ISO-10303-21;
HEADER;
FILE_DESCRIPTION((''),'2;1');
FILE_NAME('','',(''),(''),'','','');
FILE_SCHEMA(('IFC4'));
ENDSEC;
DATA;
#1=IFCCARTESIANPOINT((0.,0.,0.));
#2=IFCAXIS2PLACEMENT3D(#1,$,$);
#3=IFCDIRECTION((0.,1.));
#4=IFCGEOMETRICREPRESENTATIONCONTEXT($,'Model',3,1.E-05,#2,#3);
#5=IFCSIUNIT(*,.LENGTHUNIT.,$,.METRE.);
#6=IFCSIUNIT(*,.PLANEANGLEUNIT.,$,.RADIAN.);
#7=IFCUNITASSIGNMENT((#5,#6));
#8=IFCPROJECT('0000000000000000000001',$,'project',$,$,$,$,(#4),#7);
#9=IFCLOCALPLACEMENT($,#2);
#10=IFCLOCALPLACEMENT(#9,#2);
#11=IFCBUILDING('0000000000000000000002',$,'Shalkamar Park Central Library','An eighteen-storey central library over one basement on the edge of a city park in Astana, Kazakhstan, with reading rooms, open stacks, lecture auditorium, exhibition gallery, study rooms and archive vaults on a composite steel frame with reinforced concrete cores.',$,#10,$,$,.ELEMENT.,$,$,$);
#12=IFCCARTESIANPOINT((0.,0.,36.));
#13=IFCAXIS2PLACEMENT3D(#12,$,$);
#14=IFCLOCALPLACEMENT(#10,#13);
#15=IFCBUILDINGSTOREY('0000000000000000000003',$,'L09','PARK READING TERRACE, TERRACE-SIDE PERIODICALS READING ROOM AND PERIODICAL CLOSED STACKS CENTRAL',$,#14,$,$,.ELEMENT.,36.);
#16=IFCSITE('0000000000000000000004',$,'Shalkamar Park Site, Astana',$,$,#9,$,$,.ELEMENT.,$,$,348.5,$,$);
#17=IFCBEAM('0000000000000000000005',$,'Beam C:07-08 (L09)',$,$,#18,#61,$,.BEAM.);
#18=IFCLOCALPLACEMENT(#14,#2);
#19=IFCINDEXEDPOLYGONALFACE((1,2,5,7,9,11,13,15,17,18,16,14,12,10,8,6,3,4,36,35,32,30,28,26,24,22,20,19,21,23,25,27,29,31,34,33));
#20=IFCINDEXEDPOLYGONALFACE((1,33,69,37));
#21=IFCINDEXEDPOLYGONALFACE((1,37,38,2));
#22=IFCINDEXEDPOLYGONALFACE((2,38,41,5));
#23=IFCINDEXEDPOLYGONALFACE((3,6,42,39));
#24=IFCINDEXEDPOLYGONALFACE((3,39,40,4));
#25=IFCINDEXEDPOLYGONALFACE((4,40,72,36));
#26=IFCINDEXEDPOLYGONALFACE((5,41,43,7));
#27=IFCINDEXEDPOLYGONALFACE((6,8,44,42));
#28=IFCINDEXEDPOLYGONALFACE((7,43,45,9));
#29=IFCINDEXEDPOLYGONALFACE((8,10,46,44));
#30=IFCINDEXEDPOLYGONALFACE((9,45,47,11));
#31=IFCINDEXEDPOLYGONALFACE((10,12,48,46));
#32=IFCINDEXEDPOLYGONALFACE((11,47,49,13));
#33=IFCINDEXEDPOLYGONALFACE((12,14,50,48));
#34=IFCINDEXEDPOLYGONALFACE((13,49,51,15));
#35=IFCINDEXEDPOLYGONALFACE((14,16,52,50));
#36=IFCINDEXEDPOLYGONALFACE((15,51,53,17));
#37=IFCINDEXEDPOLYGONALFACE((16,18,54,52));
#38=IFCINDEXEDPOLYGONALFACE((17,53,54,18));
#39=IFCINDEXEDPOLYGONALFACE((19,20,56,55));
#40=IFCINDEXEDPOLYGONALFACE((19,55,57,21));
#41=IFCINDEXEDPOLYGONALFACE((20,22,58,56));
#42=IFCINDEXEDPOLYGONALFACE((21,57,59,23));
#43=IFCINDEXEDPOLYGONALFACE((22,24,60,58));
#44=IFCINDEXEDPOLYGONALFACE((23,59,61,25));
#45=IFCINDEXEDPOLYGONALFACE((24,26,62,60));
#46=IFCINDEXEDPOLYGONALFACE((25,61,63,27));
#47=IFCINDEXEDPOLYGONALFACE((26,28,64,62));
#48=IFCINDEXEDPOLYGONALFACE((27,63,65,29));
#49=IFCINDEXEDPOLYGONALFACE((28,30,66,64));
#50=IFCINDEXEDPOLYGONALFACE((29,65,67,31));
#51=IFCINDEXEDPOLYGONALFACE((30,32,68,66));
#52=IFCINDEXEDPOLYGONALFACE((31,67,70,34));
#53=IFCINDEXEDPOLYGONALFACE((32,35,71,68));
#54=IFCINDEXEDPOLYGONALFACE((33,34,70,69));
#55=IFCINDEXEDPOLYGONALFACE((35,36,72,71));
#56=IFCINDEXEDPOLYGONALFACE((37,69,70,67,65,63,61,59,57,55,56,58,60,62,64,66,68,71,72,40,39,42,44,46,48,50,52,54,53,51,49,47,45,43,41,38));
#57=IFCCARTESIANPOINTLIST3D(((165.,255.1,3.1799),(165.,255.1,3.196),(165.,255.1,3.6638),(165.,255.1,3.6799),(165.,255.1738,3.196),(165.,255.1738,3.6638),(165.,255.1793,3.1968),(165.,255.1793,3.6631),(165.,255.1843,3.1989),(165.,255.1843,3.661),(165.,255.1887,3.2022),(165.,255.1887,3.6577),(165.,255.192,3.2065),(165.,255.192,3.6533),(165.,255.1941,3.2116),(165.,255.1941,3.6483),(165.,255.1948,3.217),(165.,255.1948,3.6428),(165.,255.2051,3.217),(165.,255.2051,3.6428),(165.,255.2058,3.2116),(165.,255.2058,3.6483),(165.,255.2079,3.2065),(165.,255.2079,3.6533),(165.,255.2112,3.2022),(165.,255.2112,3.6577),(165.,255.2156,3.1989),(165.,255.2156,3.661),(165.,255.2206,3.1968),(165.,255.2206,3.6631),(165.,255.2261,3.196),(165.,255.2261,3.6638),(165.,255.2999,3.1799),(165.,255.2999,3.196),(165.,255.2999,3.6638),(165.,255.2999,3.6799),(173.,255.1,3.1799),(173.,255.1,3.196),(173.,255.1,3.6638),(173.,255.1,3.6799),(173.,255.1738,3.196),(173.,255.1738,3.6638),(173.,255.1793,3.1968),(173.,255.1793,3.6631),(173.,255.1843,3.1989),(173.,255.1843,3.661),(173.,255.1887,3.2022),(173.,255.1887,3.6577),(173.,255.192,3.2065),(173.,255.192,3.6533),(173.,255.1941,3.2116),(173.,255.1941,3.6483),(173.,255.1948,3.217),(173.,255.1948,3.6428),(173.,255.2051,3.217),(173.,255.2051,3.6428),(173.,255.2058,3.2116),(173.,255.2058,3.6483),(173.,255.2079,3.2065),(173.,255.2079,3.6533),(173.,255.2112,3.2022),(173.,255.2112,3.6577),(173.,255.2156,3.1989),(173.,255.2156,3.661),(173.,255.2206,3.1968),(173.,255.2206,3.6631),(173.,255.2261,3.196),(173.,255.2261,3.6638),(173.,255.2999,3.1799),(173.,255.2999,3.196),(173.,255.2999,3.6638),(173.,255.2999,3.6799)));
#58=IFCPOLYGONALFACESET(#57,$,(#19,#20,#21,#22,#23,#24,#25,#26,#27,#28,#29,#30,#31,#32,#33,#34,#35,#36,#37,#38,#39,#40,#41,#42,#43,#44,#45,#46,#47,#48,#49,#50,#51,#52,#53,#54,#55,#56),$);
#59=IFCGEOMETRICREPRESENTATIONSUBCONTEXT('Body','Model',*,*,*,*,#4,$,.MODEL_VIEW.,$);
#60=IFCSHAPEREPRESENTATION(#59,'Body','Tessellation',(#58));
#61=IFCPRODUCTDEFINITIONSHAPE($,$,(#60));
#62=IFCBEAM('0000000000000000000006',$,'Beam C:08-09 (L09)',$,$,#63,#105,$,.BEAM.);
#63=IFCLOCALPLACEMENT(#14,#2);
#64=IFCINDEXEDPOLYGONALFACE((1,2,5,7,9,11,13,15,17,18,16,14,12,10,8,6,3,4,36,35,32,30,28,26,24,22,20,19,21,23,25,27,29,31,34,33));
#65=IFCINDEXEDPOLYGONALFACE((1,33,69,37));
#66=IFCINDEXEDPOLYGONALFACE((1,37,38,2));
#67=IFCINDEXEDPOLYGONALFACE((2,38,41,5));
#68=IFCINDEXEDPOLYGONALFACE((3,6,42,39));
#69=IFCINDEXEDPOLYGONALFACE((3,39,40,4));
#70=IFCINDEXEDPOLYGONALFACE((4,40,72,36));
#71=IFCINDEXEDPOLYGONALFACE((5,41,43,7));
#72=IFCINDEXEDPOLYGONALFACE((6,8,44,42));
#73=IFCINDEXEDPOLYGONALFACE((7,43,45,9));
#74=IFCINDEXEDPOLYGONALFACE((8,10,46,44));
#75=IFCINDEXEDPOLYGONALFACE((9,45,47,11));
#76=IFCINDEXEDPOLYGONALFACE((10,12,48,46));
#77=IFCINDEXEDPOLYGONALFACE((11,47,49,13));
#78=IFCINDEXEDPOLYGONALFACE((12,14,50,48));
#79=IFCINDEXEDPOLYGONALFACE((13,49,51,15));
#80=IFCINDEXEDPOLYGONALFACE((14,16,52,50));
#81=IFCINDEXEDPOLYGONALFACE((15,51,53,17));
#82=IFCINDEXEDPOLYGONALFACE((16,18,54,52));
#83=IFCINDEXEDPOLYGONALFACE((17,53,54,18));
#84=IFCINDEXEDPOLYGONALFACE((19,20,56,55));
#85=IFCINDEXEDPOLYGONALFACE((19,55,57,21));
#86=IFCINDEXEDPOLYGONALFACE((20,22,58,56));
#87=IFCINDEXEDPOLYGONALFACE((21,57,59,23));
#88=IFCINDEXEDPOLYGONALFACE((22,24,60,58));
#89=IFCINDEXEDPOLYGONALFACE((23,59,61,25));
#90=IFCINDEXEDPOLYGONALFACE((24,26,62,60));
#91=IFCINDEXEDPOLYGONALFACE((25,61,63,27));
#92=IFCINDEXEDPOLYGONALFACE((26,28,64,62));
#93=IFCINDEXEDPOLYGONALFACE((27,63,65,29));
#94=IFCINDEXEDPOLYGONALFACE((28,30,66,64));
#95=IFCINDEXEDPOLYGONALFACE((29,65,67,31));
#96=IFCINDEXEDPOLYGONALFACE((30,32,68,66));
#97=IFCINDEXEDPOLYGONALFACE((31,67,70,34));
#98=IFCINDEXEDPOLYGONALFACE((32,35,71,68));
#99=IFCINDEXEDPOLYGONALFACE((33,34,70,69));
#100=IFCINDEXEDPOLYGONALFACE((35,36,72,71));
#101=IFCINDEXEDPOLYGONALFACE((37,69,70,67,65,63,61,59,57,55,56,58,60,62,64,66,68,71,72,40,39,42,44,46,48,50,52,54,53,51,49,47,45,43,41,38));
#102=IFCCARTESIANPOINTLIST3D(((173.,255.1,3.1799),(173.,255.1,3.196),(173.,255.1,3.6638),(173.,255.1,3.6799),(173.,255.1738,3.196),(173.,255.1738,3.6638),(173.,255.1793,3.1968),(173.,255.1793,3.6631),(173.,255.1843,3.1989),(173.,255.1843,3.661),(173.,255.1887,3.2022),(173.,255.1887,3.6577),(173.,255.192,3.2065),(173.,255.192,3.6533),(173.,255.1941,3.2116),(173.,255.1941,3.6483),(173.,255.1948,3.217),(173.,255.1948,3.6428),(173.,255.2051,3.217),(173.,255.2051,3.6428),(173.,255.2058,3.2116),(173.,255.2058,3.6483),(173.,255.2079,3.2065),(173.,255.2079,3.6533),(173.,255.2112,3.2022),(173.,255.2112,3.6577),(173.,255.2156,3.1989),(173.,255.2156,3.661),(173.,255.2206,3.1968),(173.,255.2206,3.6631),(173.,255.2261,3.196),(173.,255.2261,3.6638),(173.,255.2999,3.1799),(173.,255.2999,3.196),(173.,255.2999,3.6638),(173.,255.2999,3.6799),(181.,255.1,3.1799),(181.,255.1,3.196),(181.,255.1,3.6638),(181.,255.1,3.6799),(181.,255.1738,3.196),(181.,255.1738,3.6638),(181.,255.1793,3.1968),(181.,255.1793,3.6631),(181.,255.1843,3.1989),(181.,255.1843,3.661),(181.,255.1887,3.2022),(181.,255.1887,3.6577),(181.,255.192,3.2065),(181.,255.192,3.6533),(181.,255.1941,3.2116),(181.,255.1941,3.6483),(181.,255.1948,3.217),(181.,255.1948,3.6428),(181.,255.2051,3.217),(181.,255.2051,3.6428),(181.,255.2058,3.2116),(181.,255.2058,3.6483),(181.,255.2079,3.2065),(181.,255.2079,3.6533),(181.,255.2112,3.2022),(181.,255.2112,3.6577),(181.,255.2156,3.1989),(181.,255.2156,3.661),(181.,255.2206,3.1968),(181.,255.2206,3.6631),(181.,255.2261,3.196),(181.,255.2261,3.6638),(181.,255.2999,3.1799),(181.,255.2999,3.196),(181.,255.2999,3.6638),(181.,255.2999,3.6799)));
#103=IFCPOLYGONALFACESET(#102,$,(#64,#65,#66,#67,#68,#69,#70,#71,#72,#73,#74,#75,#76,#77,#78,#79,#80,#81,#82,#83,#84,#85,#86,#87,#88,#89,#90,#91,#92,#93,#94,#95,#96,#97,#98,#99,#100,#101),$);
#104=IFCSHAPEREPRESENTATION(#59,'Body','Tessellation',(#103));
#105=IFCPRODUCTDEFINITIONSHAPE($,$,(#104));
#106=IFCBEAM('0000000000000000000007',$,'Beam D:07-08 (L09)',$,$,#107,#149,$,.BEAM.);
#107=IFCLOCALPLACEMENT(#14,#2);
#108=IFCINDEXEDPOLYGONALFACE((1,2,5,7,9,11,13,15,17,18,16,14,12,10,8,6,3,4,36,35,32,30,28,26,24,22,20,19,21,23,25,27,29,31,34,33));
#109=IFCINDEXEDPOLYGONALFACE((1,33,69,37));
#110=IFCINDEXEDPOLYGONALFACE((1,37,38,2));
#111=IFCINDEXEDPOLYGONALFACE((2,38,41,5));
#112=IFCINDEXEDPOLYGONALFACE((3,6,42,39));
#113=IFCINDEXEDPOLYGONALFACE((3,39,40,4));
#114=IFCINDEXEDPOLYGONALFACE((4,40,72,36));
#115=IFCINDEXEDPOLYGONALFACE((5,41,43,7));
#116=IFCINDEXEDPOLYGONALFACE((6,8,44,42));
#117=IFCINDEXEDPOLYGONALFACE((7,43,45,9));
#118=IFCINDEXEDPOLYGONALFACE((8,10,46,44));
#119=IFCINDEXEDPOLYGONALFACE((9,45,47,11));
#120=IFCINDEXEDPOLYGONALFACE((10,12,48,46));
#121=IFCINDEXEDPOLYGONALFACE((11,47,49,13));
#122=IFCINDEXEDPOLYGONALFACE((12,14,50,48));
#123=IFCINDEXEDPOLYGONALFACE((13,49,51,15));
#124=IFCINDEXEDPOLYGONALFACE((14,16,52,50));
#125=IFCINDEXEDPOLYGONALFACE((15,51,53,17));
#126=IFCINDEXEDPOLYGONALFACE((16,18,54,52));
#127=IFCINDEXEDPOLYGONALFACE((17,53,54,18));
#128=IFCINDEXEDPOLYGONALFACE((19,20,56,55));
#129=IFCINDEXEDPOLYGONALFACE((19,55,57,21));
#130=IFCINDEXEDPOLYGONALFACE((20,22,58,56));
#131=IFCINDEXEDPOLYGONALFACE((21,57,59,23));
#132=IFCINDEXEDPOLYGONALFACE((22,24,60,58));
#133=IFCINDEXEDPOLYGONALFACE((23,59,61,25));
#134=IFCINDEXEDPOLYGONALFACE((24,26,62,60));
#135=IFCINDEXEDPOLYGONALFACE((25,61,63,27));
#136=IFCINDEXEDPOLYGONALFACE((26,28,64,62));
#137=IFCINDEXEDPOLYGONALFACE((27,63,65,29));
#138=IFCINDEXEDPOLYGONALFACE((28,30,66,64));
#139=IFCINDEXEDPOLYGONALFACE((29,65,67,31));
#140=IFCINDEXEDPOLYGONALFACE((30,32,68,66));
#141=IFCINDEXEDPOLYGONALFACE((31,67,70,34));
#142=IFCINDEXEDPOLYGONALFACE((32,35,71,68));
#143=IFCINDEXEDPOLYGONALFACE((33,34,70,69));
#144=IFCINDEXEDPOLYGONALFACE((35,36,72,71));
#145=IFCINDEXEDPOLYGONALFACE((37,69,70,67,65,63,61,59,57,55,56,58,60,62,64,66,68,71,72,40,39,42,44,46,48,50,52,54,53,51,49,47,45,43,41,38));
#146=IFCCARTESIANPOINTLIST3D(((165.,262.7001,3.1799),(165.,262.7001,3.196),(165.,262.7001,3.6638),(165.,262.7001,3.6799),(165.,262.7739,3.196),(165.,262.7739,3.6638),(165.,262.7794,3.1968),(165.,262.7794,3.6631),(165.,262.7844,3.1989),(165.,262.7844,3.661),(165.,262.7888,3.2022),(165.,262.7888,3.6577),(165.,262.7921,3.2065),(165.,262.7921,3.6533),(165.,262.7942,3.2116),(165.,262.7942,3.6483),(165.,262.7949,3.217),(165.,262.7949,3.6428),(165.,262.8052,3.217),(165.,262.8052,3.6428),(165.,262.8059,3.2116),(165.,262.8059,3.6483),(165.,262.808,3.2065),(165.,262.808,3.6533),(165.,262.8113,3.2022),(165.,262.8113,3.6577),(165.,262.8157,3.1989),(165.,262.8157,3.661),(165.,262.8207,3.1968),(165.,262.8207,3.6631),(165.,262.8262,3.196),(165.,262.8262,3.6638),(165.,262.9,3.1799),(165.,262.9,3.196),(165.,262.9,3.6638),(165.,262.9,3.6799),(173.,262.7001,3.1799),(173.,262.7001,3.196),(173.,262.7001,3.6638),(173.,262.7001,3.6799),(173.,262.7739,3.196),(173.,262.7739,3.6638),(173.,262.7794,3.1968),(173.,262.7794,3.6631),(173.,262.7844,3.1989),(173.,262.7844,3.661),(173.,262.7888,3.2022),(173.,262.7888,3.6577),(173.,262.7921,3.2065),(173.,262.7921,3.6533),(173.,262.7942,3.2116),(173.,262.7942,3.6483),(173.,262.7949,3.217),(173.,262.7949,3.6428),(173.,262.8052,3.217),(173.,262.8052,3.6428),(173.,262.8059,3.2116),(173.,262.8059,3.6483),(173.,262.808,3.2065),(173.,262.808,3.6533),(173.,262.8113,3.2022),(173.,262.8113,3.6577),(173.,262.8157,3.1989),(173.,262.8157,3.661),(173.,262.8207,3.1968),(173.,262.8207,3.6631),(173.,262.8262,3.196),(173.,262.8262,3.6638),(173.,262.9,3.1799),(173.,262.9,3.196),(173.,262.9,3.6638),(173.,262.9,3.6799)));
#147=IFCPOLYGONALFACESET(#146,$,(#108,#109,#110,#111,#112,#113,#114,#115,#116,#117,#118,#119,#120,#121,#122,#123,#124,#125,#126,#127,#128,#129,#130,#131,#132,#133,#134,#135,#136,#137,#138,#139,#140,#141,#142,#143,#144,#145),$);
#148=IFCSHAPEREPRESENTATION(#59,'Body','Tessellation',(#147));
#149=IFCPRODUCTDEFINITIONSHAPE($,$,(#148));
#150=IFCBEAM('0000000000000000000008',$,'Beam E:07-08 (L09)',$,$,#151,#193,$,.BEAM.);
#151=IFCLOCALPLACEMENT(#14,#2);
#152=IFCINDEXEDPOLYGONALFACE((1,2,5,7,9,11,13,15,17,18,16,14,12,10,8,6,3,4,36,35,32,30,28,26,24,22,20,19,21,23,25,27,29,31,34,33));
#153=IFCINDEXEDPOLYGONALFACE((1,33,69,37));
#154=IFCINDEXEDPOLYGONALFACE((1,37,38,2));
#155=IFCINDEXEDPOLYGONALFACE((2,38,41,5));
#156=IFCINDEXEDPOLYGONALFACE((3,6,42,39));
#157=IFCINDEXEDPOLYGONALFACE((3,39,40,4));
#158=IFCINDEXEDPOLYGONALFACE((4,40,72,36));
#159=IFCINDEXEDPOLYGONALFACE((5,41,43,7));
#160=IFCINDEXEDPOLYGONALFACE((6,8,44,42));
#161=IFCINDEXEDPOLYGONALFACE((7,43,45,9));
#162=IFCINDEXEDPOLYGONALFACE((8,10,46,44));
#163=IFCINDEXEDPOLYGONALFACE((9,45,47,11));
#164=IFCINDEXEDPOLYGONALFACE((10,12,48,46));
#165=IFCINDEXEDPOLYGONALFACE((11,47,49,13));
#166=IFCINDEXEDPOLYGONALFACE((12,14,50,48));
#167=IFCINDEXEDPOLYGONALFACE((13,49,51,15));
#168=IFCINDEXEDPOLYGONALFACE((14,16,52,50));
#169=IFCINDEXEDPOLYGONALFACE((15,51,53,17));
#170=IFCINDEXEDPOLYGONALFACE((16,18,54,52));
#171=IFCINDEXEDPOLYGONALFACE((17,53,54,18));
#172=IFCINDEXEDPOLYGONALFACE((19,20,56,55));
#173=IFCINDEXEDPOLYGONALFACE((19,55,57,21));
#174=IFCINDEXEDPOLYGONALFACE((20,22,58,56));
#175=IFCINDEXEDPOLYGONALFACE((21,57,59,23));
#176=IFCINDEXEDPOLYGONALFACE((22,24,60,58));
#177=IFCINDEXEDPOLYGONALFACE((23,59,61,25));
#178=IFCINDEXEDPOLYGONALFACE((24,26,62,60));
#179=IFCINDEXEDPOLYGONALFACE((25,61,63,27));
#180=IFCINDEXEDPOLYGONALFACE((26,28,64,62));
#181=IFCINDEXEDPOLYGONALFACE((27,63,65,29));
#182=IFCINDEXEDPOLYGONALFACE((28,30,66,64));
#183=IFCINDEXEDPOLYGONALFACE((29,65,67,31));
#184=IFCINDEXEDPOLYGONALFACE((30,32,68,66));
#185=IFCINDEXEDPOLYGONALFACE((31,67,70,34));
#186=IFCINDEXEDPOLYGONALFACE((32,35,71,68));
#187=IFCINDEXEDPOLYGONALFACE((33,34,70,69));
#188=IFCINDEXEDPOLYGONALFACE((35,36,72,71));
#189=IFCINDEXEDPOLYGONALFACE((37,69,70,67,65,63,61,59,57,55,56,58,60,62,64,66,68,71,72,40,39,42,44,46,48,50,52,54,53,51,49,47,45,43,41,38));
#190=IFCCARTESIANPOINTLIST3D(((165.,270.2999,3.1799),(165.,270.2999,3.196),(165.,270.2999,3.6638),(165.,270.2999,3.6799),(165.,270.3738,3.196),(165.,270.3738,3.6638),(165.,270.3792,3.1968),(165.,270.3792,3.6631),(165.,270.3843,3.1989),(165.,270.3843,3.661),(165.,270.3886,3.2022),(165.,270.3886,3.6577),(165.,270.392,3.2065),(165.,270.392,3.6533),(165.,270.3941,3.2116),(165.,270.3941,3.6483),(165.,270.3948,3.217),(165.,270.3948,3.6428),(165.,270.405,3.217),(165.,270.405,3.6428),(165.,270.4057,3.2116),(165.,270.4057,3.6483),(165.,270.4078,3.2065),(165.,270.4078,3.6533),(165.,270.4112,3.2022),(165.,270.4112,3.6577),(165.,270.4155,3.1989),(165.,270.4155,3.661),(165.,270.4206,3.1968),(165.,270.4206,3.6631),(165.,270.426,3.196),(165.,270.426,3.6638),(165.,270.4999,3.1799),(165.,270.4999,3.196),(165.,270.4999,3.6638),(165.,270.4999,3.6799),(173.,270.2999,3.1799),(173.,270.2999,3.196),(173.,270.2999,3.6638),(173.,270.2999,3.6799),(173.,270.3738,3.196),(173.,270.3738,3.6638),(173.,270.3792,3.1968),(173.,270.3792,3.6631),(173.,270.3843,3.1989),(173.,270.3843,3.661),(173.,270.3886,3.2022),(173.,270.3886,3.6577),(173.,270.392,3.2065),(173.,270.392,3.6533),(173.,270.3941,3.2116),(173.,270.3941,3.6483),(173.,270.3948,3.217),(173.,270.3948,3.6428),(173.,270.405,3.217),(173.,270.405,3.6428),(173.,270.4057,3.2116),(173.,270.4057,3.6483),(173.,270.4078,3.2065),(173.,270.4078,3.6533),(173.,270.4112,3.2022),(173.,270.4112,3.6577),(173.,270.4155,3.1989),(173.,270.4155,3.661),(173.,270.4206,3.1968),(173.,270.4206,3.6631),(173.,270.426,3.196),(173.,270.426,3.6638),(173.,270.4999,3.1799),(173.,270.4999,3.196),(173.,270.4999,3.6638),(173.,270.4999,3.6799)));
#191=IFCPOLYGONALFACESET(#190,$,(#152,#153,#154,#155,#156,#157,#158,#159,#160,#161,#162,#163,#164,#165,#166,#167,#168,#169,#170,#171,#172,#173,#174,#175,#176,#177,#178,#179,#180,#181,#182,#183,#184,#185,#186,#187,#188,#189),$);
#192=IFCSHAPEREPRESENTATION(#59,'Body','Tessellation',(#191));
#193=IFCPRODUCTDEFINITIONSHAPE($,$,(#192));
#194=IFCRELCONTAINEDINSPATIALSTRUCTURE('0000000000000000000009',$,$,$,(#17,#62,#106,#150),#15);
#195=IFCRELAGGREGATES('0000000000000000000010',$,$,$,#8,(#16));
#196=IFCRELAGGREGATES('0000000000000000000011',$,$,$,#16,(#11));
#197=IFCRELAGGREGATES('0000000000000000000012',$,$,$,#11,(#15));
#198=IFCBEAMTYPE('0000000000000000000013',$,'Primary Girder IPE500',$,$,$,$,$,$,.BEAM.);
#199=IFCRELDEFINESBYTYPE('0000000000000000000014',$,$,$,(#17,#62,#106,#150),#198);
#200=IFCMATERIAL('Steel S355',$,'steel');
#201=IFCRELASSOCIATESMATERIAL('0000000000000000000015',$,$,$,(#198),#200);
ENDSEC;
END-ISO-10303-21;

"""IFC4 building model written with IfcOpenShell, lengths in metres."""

from ifc_helpers import new_model, si_unit, direction, frame, origin, origin_2d, place, context, subcontext, project, spatial, i_section, extrude, material, material_profile, profile_set, type_object, element, save


model = new_model("IFC4")

# Units and contexts
model_context = context("Model", 3, precision=1e-05, world=origin(), true_north=direction((0.0, 1.0)))
body_context = subcontext(model_context, "Body", "Model", "MODEL_VIEW")
ifc_project = project(units=[si_unit("LENGTHUNIT", "METRE"), si_unit("PLANEANGLEUNIT", "RADIAN")], contexts=[model_context])

# Site, building, storey
site_placement = place(None, origin())
site = spatial("IfcSite", under=ifc_project, at=site_placement, Name="Shalkamar Park Site, Astana", CompositionType="ELEMENT", RefElevation=348.5)
building_placement = place(site_placement, origin())
building = spatial("IfcBuilding", under=site, at=building_placement, Name="Shalkamar Park Central Library", Description="An eighteen-storey central library over one basement on the edge of a city park in Astana, Kazakhstan, with reading rooms, open stacks, lecture auditorium, exhibition gallery, study rooms and archive vaults on a composite steel frame with reinforced concrete cores.", CompositionType="ELEMENT")
storey_placement = place(building_placement, frame((0.0, 0.0, 36.0)))
storey = spatial("IfcBuildingStorey", under=building, at=storey_placement, Name="L09", Description="PARK READING TERRACE, TERRACE-SIDE PERIODICALS READING ROOM AND PERIODICAL CLOSED STACKS CENTRAL", CompositionType="ELEMENT", Elevation=36.0)

# Shared definitions
ifc_material_1 = material(Name="Steel S355", Category="steel")

# Beams
ifc_material_profile_1 = material_profile(ifc_material_1, i_section(OverallWidth=0.2, OverallDepth=0.5, WebThickness=0.0103, FlangeThickness=0.0161, FilletRadius=0.021, at=origin_2d()), Name="IPE 500")
ifc_profile_set_1 = profile_set([ifc_material_profile_1], Name="Steel S355")
beam_type_1 = type_object("IfcBeamType", Name="Primary Girder IPE500", PredefinedType="BEAM", material=ifc_profile_set_1)
for number, where, z_axis, x_axis, name in (
    (1, (165.0, 255.2, 3.4299), (1.0, 0.0, 0.0), (0.0, 1.0, 0.0), "Beam C:07-08 (L09)"),
    (2, (173.0, 255.2, 3.4299), (1.0, 0.0, 0.0), (0.0, 1.0, 0.0), "Beam C:08-09 (L09)"),
    (3, (165.0, 262.8, 3.4299), (1.0, 0.0, 0.0), (0.0, 1.0, 0.0), "Beam D:07-08 (L09)"),
    (4, (165.0, 270.3999, 3.4299), (1.0, 0.0, 0.0), (0.0, 1.0, 0.0), "Beam E:07-08 (L09)"),
):
    element("IfcBeam", number, at=place(storey_placement, frame(where, z_axis=z_axis, x_axis=x_axis)), inside=storey, type_object=beam_type_1, Name=name, PredefinedType="BEAM", context=body_context, shape_type="SweptSolid", body=[
        extrude(i_section(OverallWidth=0.2, OverallDepth=0.5, WebThickness=0.0103, FlangeThickness=0.0161, FilletRadius=0.021, at=origin_2d()), origin(), (0.0, 0.0, 1.0), 8.0),
    ])

save(model, "model.ifc")
